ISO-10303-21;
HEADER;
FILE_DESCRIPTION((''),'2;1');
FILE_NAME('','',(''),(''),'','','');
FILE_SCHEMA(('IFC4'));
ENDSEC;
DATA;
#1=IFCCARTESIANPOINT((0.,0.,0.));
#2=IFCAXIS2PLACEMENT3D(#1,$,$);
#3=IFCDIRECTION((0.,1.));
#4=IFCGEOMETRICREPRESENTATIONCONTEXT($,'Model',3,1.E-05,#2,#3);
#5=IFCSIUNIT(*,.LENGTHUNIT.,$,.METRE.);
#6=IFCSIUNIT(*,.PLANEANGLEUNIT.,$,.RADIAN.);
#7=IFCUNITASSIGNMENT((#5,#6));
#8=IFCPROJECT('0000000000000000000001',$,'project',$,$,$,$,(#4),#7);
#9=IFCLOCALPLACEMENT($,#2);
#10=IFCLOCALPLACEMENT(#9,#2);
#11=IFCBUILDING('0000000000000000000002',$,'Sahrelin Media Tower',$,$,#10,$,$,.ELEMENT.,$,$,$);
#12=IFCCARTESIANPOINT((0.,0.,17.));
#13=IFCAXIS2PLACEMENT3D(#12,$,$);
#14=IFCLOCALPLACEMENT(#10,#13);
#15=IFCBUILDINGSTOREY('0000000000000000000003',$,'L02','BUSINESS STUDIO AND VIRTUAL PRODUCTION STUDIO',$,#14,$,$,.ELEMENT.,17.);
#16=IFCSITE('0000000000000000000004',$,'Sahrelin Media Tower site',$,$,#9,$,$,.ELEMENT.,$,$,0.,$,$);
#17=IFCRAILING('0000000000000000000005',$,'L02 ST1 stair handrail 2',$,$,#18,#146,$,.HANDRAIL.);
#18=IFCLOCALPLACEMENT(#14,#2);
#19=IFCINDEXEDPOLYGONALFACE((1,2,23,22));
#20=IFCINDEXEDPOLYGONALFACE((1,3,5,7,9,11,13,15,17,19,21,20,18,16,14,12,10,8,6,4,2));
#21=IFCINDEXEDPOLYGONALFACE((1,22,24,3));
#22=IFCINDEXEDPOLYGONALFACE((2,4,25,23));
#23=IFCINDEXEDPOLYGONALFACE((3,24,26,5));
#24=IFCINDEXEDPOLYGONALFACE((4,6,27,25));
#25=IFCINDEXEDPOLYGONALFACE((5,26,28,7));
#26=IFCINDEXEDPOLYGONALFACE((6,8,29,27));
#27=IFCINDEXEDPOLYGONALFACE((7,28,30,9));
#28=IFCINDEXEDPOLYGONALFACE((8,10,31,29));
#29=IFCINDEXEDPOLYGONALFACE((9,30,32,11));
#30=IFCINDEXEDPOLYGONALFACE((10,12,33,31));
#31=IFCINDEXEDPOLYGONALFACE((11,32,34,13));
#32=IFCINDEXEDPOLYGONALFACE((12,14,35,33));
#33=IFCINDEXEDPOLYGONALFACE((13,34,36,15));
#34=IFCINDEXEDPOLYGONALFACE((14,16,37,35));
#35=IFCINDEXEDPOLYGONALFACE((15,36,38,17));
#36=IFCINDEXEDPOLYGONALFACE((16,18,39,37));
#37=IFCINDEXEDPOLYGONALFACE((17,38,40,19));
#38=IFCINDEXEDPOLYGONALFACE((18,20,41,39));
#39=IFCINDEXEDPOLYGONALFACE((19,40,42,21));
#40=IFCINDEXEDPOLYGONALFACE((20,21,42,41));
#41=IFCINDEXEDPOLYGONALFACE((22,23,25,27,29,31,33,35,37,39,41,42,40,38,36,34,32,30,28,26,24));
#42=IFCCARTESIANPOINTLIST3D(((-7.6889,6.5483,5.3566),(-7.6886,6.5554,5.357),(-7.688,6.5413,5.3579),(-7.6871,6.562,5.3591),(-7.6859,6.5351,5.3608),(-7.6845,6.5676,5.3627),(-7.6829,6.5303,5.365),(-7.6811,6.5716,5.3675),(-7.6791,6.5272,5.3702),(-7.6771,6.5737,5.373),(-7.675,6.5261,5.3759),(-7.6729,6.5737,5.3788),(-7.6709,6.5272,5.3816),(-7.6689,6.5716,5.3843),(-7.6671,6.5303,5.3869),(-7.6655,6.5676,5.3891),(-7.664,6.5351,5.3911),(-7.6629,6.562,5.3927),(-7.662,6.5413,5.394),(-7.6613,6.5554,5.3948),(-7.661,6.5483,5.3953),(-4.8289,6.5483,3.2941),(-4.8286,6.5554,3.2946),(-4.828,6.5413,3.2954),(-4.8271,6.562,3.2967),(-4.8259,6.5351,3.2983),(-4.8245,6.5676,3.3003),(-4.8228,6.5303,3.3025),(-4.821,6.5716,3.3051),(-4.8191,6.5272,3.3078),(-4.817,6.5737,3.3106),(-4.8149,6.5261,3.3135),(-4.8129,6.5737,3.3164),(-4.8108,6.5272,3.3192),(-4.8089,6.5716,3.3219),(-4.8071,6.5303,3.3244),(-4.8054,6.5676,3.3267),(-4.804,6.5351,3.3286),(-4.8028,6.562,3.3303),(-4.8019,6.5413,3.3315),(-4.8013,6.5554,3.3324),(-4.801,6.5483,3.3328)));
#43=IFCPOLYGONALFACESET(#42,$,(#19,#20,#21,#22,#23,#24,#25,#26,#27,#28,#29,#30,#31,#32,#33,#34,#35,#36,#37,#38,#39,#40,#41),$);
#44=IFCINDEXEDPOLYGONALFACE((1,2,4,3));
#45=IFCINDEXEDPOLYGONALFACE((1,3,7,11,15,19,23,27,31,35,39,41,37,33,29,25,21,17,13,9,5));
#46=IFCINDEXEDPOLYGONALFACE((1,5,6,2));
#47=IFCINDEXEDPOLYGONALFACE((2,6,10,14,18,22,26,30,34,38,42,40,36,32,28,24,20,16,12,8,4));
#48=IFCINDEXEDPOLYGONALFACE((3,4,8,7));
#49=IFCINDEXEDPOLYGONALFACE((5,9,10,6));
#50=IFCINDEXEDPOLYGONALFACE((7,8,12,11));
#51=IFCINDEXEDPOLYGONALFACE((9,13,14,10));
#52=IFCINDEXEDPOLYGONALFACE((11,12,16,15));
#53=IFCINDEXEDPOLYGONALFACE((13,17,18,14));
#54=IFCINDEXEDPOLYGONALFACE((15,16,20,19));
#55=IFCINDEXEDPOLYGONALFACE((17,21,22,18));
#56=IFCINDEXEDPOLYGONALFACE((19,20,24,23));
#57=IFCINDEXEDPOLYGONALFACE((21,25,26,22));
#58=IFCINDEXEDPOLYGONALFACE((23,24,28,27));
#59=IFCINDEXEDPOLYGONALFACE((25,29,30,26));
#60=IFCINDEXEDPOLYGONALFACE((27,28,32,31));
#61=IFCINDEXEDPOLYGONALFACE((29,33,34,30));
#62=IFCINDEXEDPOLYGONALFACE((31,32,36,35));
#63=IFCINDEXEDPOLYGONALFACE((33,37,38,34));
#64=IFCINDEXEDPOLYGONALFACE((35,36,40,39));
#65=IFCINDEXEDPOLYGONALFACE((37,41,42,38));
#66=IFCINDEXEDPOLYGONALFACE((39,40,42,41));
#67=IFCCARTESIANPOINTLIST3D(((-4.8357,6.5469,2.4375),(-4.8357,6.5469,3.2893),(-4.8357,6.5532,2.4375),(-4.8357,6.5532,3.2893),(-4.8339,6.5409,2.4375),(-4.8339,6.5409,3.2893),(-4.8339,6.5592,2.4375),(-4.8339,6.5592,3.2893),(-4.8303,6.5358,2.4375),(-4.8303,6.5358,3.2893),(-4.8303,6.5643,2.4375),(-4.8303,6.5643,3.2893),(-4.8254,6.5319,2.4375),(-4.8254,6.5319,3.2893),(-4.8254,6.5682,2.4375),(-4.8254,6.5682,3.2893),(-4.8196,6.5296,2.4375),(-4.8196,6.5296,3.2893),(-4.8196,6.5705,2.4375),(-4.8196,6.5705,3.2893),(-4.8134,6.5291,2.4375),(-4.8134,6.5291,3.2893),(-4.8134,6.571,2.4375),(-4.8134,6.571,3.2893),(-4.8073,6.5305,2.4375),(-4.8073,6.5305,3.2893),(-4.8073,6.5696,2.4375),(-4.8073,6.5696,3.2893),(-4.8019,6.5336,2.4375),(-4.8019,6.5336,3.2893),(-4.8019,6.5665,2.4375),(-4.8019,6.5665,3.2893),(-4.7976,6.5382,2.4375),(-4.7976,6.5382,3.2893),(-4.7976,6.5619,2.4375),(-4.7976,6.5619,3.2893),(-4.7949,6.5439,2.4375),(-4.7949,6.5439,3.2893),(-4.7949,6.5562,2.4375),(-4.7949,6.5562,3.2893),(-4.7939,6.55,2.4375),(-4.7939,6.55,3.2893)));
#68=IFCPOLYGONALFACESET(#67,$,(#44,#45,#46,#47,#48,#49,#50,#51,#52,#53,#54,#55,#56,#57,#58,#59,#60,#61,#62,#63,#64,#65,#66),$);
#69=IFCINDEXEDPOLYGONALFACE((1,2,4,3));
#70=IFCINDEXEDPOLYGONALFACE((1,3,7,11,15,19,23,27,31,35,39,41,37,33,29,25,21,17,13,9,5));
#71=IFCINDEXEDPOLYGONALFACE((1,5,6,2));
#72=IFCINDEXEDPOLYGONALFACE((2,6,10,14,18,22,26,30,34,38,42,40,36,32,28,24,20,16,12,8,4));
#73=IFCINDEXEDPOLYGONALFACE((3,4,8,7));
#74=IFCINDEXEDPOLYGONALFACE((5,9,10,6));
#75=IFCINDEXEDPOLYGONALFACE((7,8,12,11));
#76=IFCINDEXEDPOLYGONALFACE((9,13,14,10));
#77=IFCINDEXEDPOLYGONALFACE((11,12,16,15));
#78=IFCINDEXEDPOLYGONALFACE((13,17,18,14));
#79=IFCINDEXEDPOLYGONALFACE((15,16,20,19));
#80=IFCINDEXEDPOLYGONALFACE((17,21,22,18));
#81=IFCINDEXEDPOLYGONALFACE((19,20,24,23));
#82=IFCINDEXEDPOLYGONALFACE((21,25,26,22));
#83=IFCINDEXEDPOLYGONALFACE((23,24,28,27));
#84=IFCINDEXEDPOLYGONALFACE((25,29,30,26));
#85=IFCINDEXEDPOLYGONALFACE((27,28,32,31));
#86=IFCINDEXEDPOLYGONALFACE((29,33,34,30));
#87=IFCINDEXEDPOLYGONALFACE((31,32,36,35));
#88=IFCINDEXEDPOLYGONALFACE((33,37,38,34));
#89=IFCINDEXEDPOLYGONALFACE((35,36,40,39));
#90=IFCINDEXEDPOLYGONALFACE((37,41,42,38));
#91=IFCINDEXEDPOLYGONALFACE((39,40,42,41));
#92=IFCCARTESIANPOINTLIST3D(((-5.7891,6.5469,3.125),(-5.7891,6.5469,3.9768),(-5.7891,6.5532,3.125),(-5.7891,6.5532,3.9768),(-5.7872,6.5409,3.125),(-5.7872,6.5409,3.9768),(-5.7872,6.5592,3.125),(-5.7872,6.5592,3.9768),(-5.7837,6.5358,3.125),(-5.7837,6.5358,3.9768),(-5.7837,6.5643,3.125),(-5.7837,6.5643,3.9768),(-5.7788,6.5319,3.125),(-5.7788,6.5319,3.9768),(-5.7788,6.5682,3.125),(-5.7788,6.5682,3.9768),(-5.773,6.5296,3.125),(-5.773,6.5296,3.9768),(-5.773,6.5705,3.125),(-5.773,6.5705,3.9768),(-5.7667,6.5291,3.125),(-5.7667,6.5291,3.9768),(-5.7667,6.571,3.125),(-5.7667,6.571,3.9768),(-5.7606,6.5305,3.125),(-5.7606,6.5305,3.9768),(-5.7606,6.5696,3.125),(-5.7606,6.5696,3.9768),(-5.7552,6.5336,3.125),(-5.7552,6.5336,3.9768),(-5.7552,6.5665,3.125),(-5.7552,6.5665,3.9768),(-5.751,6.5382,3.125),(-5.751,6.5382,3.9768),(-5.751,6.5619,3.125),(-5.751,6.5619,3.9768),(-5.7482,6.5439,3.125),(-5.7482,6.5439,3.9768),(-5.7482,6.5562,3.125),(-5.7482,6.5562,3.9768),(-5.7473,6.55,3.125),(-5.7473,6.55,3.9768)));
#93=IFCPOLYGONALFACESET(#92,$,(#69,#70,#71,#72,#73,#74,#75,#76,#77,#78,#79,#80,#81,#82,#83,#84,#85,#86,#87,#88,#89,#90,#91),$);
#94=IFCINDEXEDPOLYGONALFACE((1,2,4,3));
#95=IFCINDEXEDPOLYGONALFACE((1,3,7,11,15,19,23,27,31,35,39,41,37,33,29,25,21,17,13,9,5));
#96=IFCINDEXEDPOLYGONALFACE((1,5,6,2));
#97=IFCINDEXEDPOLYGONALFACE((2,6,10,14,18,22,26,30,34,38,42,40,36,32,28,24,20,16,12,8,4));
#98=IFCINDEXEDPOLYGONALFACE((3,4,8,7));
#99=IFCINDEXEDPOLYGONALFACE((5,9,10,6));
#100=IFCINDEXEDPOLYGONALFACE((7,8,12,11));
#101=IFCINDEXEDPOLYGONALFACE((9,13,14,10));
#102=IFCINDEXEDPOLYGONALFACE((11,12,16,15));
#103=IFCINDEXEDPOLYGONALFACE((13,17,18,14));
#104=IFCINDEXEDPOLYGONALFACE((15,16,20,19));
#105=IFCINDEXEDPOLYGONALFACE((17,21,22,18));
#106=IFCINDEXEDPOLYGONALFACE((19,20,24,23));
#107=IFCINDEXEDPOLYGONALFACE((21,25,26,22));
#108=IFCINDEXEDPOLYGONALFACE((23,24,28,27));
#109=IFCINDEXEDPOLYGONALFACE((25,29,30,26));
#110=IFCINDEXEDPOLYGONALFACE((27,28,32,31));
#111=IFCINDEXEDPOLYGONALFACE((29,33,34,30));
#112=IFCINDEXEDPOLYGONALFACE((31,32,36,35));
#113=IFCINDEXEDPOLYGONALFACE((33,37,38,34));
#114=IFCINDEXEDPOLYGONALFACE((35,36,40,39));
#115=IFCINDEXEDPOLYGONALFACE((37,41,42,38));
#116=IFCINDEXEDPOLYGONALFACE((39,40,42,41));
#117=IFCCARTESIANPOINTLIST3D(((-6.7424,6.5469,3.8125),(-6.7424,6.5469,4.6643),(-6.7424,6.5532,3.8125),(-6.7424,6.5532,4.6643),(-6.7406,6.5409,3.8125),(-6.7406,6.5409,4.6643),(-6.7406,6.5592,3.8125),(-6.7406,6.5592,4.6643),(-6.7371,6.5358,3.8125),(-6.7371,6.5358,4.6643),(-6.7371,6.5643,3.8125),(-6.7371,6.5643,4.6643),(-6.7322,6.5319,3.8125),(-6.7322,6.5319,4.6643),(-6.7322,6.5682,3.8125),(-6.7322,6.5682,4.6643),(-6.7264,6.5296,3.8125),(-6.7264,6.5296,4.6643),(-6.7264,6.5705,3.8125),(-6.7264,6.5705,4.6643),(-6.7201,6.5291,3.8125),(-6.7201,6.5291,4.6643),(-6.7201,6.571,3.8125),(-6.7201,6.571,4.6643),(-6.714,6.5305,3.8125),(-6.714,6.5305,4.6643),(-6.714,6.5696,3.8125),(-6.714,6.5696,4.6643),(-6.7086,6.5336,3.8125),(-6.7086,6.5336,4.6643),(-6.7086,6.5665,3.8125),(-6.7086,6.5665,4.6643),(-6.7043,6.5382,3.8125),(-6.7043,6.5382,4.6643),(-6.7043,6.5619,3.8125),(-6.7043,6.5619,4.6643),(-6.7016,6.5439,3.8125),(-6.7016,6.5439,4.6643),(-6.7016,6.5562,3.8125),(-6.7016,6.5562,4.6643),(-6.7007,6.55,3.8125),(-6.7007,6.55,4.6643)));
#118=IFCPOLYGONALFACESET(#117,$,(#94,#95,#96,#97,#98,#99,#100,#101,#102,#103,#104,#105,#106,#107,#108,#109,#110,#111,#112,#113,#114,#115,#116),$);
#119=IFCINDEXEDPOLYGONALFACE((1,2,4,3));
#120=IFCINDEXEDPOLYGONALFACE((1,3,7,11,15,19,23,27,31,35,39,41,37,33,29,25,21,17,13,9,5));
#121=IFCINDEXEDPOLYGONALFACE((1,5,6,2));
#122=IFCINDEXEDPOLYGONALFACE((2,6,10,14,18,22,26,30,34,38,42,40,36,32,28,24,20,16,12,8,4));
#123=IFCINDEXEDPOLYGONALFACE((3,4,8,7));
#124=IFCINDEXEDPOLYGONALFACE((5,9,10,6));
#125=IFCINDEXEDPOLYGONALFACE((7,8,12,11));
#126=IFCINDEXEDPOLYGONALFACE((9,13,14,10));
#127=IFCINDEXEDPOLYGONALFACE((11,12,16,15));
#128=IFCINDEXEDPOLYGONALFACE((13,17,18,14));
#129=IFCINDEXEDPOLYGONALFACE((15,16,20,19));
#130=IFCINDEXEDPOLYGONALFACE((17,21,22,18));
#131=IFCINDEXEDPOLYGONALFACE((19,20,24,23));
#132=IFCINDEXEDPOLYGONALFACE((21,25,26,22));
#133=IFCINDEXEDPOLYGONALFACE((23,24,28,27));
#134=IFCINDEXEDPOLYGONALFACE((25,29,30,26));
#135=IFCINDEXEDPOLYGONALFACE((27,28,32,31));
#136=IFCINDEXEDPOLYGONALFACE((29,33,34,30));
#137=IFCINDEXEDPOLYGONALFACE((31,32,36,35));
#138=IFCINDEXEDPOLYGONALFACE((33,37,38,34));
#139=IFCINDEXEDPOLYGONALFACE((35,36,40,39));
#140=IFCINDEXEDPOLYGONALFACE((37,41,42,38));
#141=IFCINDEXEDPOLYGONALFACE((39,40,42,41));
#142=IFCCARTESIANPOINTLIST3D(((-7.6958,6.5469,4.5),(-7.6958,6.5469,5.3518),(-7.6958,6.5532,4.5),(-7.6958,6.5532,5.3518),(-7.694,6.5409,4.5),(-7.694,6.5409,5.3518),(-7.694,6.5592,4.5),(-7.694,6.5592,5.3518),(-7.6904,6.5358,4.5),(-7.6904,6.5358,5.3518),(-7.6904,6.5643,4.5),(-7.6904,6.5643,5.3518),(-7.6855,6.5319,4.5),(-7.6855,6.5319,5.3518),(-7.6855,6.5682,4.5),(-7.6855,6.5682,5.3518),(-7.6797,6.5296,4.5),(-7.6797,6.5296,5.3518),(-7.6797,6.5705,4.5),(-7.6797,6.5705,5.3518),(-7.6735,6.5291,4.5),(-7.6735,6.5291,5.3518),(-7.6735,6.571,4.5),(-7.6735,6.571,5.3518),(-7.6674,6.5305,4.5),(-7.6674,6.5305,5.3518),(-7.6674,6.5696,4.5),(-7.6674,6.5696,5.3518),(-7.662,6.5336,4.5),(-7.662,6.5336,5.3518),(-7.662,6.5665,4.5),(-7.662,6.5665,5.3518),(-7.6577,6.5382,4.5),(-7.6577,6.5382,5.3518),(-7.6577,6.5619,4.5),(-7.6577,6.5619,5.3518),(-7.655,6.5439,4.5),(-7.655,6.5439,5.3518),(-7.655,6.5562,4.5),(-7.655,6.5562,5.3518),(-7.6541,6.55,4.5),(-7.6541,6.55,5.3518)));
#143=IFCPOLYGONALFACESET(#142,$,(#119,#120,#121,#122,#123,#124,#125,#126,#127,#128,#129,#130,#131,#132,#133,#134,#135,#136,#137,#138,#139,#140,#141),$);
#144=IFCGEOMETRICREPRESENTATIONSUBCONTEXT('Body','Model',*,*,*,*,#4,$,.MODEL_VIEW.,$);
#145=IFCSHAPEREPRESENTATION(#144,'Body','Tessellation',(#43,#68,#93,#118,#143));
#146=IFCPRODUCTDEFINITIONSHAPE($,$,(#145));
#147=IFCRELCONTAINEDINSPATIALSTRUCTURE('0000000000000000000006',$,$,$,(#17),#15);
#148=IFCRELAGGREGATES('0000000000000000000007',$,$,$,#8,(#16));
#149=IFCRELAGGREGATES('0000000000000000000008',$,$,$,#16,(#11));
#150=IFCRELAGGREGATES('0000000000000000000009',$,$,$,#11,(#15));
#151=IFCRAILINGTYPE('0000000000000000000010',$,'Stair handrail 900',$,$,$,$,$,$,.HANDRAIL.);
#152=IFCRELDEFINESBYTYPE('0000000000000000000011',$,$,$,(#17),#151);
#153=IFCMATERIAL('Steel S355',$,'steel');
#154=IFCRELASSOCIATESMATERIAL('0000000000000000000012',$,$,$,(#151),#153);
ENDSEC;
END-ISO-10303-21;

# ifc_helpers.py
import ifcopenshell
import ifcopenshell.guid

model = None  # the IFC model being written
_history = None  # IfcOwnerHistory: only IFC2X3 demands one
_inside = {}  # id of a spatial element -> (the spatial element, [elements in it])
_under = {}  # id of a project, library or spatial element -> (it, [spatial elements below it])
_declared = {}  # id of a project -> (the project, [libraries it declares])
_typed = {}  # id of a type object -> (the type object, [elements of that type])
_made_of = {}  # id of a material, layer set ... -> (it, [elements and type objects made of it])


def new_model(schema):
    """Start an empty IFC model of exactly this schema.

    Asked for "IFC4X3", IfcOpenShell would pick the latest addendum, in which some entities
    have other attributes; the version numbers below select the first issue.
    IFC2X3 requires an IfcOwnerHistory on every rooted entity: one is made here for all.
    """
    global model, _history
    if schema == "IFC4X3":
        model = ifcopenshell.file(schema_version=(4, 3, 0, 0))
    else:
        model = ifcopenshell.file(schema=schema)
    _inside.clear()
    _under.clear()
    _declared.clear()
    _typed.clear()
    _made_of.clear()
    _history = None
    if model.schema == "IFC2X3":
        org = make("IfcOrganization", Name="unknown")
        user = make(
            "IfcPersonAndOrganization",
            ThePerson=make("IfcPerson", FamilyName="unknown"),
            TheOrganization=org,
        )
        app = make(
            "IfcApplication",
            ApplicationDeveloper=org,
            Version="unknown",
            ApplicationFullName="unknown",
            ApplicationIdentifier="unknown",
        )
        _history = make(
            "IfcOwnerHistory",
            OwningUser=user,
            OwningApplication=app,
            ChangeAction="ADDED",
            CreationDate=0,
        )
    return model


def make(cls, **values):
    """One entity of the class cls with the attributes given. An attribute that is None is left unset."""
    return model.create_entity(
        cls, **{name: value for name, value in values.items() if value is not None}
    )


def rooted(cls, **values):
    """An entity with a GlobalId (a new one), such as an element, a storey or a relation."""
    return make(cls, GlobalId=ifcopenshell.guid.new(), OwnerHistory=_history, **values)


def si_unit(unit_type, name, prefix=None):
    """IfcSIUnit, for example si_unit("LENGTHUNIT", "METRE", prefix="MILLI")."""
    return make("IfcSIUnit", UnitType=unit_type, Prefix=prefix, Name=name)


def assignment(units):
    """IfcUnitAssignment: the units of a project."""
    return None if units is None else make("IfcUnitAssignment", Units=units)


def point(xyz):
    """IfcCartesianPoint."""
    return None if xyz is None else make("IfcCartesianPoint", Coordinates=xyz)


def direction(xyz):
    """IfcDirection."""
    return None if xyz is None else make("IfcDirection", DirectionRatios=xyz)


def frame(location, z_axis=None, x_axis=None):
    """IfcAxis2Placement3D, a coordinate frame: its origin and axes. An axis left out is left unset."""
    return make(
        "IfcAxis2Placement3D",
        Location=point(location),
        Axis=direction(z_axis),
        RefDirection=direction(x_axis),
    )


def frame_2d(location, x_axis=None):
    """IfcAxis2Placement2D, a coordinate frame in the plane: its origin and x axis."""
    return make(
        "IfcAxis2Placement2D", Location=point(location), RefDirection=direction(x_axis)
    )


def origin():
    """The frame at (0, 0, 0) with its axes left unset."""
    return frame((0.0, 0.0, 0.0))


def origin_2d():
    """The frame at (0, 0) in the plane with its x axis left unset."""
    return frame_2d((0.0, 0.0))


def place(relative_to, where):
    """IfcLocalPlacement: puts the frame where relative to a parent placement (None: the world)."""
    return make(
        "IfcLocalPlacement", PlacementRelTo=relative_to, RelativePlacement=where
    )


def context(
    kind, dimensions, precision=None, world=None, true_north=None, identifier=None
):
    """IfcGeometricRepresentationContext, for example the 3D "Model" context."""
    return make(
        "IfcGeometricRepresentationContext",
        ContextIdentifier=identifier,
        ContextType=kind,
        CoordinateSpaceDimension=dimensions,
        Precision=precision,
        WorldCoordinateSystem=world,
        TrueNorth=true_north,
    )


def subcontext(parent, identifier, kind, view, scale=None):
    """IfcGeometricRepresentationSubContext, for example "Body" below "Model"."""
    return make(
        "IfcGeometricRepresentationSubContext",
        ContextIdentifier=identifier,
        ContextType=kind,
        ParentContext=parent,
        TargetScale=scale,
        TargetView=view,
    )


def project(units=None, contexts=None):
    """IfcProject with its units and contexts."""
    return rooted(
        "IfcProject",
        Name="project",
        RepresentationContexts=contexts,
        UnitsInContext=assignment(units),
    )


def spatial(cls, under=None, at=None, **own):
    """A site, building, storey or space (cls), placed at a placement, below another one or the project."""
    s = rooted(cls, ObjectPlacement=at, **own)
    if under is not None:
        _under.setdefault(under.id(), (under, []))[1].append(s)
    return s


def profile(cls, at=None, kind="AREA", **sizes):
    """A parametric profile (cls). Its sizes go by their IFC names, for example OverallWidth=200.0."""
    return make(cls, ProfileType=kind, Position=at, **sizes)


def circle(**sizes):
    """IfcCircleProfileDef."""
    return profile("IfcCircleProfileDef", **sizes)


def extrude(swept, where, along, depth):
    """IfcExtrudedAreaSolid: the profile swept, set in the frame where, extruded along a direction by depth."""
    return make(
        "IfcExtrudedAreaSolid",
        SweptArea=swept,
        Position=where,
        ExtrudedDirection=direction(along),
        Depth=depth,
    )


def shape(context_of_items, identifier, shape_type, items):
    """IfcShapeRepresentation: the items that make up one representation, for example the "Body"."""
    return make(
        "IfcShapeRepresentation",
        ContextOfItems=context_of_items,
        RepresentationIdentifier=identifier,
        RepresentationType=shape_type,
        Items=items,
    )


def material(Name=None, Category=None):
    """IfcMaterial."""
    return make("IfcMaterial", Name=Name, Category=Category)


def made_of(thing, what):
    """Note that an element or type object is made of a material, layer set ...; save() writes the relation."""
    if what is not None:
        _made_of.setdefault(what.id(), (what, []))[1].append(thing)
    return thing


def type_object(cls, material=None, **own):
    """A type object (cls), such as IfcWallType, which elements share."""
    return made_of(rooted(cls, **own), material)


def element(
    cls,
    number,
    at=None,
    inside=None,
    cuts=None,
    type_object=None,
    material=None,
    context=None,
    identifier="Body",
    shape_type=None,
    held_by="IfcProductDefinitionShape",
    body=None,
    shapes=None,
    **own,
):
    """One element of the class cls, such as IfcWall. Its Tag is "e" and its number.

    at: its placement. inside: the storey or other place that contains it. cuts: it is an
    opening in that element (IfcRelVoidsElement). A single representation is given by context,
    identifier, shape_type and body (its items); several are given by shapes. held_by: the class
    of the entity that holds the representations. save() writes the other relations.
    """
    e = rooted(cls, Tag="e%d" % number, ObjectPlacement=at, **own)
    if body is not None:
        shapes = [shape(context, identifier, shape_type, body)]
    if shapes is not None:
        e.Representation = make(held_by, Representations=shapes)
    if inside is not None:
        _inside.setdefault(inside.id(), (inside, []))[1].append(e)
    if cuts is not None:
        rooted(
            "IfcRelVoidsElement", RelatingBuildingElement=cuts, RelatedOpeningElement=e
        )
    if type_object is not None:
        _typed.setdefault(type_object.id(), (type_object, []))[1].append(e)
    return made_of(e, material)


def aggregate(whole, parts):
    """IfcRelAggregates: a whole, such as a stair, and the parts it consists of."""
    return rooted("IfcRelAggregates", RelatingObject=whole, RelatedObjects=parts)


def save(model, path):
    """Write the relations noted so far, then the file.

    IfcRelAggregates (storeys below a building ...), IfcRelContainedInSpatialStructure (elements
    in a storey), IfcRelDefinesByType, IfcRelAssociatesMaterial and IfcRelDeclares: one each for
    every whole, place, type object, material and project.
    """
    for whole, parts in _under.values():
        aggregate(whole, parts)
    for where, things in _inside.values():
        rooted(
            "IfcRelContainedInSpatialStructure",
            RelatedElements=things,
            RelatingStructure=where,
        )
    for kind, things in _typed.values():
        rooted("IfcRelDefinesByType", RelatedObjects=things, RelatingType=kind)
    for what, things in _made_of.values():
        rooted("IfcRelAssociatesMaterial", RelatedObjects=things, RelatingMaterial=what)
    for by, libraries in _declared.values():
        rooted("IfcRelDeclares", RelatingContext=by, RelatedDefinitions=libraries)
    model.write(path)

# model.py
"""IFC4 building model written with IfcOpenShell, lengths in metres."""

from ifc_helpers import new_model, si_unit, direction, frame, origin, origin_2d, place, context, subcontext, project, spatial, circle, extrude, material, type_object, element, save


model = new_model("IFC4")

# Units and contexts
model_context = context("Model", 3, precision=1e-05, world=origin(), true_north=direction((0.0, 1.0)))
body_context = subcontext(model_context, "Body", "Model", "MODEL_VIEW")
ifc_project = project(units=[si_unit("LENGTHUNIT", "METRE"), si_unit("PLANEANGLEUNIT", "RADIAN")], contexts=[model_context])

# Site, building, storey
site_placement = place(None, origin())
site = spatial("IfcSite", under=ifc_project, at=site_placement, Name="Sahrelin Media Tower site", CompositionType="ELEMENT", RefElevation=0.0)
building_placement = place(site_placement, origin())
building = spatial("IfcBuilding", under=site, at=building_placement, Name="Sahrelin Media Tower", CompositionType="ELEMENT")
storey_placement = place(building_placement, frame((0.0, 0.0, 17.0)))
storey = spatial("IfcBuildingStorey", under=building, at=storey_placement, Name="L02", Description="BUSINESS STUDIO AND VIRTUAL PRODUCTION STUDIO", CompositionType="ELEMENT", Elevation=17.0)

# Shared definitions
ifc_material_1 = material(Name="Steel S355", Category="steel")

# Railing
railing_type_1 = type_object("IfcRailingType", Name="Stair handrail 900", PredefinedType="HANDRAIL", material=ifc_material_1)
for number, where, name in (
    (1, (-4.8149, 6.55, 2.4375), "L02 ST1 stair handrail 2"),
):
    element("IfcRailing", number, at=place(storey_placement, frame(where)), inside=storey, type_object=railing_type_1, Name=name, PredefinedType="HANDRAIL", context=body_context, shape_type="SweptSolid", body=[
        extrude(circle(Radius=0.0239, at=origin_2d()), frame((0.0, 0.0, 0.876), z_axis=(-0.811101, 0.0, 0.584906), x_axis=(0.0, -1.0, 0.0)), (0.0, 0.0, 1.0), 3.5261),
        extrude(circle(Radius=0.021, at=origin_2d()), origin(), (0.0, 0.0, 1.0), 0.8518),
        extrude(circle(Radius=0.021, at=origin_2d()), frame((-0.9534, 0.0, 0.6875)), (0.0, 0.0, 1.0), 0.8518),
        extrude(circle(Radius=0.021, at=origin_2d()), frame((-1.9067, 0.0, 1.375)), (0.0, 0.0, 1.0), 0.8518),
        extrude(circle(Radius=0.021, at=origin_2d()), frame((-2.8601, 0.0, 2.0625)), (0.0, 0.0, 1.0), 0.8518),
    ])

save(model, "model.ifc")
